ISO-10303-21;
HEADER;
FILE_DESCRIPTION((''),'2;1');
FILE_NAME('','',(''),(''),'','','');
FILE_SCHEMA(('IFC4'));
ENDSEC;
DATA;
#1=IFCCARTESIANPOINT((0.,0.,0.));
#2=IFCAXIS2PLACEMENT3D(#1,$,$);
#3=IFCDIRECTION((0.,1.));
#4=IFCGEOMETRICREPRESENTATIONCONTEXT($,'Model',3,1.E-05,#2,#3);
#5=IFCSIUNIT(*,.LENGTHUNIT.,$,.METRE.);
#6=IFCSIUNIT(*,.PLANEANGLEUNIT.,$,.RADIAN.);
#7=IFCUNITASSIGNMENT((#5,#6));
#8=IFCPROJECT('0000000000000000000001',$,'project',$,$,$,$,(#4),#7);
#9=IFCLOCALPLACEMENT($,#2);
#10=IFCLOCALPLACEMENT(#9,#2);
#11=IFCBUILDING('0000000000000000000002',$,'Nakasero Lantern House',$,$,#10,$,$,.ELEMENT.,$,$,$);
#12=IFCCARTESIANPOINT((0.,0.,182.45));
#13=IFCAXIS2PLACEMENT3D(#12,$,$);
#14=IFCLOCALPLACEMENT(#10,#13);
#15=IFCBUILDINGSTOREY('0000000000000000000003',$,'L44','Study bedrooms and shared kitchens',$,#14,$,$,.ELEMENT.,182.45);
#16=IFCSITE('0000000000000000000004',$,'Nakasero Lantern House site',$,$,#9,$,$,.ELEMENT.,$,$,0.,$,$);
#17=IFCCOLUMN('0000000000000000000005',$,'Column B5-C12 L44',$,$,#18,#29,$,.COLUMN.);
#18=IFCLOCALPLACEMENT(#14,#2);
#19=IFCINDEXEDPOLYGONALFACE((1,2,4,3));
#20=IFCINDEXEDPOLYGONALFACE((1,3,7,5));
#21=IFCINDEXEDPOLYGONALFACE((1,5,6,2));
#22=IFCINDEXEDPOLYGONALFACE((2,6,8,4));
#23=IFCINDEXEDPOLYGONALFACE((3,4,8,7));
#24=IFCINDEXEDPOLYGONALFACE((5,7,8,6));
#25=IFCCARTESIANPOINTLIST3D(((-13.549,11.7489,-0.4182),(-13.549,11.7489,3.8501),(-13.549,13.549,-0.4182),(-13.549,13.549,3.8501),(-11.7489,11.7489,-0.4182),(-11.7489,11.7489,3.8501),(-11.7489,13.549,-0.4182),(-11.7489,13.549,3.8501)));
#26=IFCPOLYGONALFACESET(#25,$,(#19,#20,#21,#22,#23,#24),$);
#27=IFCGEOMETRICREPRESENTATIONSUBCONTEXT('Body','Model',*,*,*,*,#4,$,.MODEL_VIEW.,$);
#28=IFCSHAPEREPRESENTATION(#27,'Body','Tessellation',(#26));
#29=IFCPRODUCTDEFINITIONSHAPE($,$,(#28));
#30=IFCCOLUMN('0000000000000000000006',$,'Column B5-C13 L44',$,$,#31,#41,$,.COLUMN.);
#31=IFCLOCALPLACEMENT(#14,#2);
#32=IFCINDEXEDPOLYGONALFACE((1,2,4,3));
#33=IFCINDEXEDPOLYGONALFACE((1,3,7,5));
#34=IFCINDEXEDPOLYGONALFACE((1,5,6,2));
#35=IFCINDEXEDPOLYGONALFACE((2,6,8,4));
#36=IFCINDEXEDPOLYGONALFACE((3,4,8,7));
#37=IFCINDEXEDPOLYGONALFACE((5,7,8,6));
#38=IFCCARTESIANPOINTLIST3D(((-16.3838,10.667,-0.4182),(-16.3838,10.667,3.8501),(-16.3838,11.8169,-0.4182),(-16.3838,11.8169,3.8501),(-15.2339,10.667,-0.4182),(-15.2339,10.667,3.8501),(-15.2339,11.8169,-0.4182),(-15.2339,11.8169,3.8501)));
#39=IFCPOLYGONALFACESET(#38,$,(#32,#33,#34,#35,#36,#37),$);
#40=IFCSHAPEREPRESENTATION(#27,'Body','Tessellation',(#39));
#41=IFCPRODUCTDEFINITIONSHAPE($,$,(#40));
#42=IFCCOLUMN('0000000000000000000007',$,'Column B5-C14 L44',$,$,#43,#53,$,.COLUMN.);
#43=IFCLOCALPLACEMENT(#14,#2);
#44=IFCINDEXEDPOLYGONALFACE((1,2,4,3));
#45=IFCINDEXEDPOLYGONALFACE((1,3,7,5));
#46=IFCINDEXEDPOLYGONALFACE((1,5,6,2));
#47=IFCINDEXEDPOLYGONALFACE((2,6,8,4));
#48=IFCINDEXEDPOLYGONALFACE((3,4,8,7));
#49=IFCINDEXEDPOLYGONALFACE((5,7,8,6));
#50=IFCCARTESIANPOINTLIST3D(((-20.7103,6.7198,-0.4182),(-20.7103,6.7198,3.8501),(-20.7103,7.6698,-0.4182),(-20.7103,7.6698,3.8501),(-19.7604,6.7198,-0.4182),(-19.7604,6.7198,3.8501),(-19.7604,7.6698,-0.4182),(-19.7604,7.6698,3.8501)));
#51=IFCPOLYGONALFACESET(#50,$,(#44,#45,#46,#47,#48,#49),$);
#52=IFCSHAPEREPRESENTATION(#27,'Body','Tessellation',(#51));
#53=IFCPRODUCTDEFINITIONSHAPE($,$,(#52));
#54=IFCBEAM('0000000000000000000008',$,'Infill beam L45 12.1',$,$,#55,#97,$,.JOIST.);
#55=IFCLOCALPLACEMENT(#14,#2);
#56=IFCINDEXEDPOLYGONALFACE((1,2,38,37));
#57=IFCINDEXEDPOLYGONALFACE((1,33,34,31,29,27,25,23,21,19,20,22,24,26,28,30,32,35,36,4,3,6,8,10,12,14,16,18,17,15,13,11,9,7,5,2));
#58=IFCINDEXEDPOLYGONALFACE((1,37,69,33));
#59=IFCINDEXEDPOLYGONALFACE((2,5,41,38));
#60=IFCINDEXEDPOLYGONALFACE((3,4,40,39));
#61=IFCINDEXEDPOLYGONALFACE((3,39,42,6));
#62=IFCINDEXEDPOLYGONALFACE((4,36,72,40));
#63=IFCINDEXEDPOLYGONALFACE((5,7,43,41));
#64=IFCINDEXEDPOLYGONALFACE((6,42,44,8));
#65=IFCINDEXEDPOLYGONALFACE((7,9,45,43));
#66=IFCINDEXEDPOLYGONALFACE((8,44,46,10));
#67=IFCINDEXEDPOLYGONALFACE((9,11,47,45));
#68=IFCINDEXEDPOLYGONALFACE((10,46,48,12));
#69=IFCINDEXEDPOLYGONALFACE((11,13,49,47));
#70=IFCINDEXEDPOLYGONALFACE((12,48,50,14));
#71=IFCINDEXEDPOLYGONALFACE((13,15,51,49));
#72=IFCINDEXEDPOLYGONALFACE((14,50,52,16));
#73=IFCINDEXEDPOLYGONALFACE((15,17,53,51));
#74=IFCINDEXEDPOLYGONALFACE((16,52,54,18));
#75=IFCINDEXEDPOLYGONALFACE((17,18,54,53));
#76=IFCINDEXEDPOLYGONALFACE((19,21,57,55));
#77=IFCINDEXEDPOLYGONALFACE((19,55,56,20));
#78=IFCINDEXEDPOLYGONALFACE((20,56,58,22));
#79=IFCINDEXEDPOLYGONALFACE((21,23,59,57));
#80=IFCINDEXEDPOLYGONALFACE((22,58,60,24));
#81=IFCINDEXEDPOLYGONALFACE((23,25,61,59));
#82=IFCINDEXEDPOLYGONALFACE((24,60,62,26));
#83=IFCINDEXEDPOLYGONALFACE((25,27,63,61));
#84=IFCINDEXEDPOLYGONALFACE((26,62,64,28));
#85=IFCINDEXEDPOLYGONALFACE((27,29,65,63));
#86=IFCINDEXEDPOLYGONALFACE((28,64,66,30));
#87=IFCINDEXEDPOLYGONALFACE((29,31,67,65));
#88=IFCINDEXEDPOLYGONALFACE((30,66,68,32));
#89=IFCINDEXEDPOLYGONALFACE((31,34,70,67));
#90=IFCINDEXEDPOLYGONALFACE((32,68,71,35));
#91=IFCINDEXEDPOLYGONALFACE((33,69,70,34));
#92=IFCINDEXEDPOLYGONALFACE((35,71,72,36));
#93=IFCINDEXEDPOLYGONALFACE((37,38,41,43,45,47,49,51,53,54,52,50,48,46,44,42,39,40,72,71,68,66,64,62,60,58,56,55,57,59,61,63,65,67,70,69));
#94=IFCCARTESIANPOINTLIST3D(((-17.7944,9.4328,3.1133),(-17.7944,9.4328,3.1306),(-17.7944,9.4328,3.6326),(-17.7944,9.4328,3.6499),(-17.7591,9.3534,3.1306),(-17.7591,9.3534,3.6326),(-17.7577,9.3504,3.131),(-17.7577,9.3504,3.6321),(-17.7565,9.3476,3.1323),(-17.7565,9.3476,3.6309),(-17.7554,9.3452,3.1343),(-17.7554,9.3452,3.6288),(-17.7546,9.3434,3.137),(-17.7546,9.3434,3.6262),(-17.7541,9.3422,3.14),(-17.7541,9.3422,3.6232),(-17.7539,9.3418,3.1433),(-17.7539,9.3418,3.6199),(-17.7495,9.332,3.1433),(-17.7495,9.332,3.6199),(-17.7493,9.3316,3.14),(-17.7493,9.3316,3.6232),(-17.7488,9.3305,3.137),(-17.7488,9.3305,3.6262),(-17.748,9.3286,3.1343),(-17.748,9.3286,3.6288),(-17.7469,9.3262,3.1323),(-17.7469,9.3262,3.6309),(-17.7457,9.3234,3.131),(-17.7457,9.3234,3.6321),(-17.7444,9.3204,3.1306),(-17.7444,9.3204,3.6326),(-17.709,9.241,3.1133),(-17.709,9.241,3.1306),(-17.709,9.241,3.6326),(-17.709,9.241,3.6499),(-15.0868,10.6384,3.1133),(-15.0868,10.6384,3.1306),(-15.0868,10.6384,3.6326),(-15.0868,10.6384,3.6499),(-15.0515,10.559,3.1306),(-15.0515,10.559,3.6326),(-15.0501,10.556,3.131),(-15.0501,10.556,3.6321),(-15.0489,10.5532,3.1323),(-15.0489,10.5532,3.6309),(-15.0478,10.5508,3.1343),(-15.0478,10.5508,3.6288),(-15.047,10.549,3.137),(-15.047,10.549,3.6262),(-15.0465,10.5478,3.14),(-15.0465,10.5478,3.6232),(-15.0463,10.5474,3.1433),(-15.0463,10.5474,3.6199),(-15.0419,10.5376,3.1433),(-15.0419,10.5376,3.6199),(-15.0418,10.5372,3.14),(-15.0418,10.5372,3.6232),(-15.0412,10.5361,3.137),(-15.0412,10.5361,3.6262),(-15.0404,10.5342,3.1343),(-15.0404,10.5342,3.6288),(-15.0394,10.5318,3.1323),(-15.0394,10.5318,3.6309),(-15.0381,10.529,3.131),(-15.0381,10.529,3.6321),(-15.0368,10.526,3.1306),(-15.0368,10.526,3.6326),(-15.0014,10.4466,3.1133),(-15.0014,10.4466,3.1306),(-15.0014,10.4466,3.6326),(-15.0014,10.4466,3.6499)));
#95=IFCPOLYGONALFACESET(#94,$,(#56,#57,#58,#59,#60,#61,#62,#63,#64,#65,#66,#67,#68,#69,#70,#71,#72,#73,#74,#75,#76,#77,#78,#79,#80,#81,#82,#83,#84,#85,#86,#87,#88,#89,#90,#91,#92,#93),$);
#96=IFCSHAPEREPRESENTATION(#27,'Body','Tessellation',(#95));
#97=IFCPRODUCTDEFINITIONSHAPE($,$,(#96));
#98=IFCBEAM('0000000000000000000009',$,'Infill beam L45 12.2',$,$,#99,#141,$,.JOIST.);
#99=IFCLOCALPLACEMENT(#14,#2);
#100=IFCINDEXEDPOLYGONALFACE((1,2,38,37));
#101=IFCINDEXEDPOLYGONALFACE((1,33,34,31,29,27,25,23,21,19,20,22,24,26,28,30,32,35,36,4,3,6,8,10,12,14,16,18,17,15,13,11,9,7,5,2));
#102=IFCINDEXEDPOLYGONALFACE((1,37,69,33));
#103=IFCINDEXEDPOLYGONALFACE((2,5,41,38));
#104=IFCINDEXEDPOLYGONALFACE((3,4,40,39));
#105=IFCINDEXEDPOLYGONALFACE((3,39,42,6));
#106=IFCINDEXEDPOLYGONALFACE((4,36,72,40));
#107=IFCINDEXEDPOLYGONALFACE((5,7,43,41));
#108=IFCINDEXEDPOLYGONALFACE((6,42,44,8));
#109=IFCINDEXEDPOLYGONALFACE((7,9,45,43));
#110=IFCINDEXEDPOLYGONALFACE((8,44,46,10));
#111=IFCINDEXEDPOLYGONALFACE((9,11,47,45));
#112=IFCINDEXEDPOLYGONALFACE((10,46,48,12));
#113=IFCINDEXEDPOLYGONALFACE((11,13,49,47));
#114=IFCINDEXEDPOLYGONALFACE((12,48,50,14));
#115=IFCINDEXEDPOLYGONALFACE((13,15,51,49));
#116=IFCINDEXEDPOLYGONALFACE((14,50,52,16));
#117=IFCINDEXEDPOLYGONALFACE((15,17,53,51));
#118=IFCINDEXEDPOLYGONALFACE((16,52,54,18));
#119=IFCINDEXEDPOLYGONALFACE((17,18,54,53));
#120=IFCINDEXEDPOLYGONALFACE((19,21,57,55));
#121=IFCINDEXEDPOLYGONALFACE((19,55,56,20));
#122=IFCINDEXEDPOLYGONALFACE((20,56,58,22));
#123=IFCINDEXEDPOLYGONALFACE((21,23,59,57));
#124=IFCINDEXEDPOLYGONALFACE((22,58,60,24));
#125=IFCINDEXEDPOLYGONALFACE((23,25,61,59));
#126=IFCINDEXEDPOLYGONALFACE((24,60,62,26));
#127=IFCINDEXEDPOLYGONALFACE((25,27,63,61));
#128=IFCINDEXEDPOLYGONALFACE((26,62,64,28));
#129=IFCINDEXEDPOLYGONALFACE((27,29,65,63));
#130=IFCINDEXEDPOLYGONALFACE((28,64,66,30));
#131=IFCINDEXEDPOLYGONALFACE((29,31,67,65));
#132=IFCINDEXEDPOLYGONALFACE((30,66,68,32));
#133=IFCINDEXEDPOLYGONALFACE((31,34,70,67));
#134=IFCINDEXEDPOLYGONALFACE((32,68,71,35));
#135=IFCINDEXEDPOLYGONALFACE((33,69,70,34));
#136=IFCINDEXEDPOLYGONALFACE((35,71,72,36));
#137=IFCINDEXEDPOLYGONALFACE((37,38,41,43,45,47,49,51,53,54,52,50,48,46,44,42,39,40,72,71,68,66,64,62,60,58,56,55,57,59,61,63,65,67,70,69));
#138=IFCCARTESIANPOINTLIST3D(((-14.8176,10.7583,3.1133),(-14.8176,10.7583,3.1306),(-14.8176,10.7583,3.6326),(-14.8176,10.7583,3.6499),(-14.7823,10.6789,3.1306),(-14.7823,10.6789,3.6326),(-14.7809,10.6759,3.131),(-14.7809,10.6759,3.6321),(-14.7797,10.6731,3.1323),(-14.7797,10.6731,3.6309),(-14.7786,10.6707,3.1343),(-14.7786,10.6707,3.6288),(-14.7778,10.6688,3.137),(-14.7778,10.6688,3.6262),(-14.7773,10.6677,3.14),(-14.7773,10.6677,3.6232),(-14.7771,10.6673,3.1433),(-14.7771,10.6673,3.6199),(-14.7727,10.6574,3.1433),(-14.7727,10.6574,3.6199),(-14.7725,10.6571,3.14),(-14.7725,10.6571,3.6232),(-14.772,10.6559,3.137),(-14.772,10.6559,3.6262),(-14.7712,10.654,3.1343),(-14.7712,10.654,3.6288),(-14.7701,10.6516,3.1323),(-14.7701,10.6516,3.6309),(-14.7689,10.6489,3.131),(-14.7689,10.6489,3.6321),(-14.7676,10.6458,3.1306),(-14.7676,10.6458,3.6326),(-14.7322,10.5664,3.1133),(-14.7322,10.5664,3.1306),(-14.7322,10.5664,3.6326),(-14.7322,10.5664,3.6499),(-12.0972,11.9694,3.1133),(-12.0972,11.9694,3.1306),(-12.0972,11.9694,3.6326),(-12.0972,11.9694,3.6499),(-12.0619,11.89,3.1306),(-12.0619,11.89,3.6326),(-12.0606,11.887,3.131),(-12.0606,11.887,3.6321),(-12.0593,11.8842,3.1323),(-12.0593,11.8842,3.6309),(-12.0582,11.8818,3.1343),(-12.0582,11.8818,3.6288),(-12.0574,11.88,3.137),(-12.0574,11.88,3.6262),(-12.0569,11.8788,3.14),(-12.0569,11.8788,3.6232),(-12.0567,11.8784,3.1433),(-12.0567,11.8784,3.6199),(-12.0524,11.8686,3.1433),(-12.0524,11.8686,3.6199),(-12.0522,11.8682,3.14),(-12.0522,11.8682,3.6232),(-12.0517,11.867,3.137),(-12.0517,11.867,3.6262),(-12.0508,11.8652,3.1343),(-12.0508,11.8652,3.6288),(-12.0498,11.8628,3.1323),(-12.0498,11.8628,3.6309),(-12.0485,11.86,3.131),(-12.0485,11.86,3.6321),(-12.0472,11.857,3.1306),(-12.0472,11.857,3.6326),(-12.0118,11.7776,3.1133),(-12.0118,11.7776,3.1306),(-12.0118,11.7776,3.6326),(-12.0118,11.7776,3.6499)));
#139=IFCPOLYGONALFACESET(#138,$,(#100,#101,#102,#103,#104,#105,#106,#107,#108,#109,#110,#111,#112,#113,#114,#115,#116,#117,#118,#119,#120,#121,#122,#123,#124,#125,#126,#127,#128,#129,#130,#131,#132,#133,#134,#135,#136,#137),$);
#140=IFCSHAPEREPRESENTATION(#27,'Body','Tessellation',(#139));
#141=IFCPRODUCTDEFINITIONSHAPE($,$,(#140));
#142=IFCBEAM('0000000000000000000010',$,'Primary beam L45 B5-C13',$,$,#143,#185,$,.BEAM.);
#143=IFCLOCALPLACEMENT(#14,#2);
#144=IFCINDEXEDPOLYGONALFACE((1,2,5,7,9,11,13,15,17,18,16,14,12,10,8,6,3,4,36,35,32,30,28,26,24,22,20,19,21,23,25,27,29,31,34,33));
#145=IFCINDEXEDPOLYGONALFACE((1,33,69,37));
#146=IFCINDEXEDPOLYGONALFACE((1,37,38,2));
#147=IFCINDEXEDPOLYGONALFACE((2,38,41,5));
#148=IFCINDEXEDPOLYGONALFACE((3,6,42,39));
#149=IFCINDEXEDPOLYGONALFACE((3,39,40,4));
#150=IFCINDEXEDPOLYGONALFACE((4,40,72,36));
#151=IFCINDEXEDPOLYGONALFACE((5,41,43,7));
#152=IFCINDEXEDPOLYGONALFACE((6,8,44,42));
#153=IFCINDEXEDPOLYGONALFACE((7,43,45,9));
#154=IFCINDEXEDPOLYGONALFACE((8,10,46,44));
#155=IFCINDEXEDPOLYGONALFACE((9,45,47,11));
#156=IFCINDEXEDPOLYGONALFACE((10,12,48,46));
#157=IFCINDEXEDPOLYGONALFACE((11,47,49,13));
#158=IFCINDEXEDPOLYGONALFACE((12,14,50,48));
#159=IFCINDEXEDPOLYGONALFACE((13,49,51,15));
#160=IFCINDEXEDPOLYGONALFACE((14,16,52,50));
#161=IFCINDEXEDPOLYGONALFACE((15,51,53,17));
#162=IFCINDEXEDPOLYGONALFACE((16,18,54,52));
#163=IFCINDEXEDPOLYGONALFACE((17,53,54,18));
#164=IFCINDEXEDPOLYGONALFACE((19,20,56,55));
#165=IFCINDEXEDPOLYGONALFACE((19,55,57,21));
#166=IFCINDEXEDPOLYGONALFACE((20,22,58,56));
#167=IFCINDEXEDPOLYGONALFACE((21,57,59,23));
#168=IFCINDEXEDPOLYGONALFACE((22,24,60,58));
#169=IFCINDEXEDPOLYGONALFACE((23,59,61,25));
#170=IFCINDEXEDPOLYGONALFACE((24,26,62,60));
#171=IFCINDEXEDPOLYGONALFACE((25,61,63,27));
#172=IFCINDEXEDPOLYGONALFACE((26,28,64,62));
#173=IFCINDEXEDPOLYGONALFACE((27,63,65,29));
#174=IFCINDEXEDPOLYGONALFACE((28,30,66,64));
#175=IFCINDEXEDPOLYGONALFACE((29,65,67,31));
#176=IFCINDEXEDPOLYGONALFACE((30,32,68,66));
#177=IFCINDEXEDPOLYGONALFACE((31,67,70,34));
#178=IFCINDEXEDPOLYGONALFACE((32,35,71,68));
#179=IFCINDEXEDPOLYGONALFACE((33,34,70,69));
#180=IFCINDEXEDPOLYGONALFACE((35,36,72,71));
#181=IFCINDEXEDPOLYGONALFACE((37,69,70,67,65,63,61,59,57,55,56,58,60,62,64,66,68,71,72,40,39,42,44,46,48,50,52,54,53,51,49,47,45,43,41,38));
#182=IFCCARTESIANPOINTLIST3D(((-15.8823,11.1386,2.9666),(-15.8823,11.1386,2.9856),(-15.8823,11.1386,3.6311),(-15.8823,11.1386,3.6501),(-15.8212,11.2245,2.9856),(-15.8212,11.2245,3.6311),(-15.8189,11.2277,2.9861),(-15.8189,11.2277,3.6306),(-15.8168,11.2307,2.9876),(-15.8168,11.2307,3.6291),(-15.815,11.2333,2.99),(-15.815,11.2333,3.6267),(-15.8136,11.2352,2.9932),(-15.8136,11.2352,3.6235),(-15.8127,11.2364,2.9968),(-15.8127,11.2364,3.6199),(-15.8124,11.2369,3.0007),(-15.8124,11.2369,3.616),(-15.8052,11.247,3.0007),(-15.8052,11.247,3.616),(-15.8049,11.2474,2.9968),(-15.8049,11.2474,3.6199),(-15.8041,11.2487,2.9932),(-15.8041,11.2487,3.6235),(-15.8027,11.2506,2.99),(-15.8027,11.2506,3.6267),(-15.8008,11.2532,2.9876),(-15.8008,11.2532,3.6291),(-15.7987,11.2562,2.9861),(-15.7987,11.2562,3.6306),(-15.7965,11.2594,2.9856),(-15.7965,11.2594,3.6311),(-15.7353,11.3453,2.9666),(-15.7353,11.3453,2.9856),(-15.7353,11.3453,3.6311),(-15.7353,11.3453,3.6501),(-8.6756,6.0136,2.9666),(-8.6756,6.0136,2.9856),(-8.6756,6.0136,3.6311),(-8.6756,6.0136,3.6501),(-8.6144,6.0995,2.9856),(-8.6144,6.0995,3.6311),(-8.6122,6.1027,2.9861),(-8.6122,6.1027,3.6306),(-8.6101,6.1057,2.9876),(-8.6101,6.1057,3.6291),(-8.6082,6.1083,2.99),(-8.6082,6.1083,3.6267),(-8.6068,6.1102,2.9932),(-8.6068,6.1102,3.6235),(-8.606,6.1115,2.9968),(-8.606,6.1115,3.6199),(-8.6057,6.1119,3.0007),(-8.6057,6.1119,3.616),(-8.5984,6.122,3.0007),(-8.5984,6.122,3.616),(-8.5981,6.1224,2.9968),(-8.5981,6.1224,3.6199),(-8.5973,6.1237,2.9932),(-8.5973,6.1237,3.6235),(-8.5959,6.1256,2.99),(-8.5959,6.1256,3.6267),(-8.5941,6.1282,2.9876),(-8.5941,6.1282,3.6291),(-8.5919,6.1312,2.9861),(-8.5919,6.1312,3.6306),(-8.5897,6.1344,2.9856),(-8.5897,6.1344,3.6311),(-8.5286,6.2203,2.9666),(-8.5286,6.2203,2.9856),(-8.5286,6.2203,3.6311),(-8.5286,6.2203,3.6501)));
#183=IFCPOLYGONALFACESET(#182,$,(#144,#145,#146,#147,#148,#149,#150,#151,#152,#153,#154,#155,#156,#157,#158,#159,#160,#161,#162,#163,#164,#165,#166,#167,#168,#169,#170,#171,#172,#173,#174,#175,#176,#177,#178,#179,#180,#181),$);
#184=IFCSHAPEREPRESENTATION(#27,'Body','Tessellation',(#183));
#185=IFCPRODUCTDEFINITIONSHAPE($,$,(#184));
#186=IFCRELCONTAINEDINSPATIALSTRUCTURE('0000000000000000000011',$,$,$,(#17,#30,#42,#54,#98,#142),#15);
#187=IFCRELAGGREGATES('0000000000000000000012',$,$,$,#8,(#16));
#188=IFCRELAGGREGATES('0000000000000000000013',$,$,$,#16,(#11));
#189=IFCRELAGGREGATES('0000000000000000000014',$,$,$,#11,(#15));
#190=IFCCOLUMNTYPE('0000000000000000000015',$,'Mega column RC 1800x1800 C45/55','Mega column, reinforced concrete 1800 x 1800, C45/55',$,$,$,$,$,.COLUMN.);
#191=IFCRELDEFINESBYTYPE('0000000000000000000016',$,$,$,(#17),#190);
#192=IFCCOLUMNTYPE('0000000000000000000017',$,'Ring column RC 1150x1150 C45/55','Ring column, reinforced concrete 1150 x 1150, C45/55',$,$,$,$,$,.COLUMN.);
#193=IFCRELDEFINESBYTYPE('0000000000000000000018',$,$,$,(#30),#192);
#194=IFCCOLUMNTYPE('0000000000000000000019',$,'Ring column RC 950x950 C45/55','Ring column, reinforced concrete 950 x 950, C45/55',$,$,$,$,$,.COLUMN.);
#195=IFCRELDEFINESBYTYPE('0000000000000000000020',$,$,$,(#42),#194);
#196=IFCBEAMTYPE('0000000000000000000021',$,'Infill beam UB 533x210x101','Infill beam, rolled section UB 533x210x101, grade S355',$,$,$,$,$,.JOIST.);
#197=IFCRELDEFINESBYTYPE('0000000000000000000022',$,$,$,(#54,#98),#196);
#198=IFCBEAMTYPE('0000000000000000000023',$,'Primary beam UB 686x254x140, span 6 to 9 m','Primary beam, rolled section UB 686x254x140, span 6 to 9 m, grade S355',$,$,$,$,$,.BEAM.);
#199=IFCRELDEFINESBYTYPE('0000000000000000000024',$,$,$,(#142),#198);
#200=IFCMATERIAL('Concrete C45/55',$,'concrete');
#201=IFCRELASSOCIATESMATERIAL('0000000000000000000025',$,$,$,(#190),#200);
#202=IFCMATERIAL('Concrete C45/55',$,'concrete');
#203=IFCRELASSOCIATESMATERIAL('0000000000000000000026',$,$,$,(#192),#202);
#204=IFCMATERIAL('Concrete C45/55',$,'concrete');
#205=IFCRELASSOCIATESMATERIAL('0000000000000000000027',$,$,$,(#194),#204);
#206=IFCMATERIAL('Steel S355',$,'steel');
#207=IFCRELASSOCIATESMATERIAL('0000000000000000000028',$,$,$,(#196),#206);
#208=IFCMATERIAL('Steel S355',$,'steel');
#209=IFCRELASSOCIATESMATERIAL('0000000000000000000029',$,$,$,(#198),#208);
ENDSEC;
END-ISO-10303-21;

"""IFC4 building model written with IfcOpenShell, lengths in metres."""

from ifc_helpers import new_model, si_unit, direction, frame, origin, origin_2d, place, context, subcontext, project, spatial, rectangle, i_section, extrude, material, material_profile, profile_set, type_object, element, save


model = new_model("IFC4")

# Units and contexts
model_context = context("Model", 3, precision=1e-05, world=origin(), true_north=direction((0.0, 1.0)))
body_context = subcontext(model_context, "Body", "Model", "MODEL_VIEW")
ifc_project = project(units=[si_unit("LENGTHUNIT", "METRE"), si_unit("PLANEANGLEUNIT", "RADIAN")], contexts=[model_context])

# Site, building, storey
site_placement = place(None, origin())
site = spatial("IfcSite", under=ifc_project, at=site_placement, Name="Nakasero Lantern House site", CompositionType="ELEMENT", RefElevation=0.0)
building_placement = place(site_placement, origin())
building = spatial("IfcBuilding", under=site, at=building_placement, Name="Nakasero Lantern House", CompositionType="ELEMENT")
storey_placement = place(building_placement, frame((0.0, 0.0, 182.45)))
storey = spatial("IfcBuildingStorey", under=building, at=storey_placement, Name="L44", Description="Study bedrooms and shared kitchens", CompositionType="ELEMENT", Elevation=182.45)

# Columns
ifc_material_1 = material(Name="Concrete C45/55", Category="concrete")
ifc_material_profile_1 = material_profile(ifc_material_1, rectangle(XDim=1.8, YDim=1.8, at=origin_2d()), Name="RC 1800x1800")
ifc_profile_set_1 = profile_set([ifc_material_profile_1], Name="Concrete C45/55")
column_type_1 = type_object("IfcColumnType", Name="Mega column RC 1800x1800 C45/55", Description="Mega column, reinforced concrete 1800 x 1800, C45/55", PredefinedType="COLUMN", material=ifc_profile_set_1)
column_1_placement = place(storey_placement, frame((-12.6489, 12.6489, -0.4182), z_axis=(0.0, 0.0, 1.0), x_axis=(1.0, 0.0, 0.0)))
element("IfcColumn", 1, at=column_1_placement, inside=storey, type_object=column_type_1, Name="Column B5-C12 L44", PredefinedType="COLUMN", context=body_context, shape_type="SweptSolid", body=[
    extrude(rectangle(XDim=1.8, YDim=1.8, at=origin_2d()), origin(), (0.0, 0.0, 1.0), 4.2683),
])
ifc_material_2 = material(Name="Concrete C45/55", Category="concrete")
ifc_material_profile_2 = material_profile(ifc_material_2, rectangle(XDim=1.1499, YDim=1.1499, at=origin_2d()), Name="RC 1150x1150")
ifc_profile_set_2 = profile_set([ifc_material_profile_2], Name="Concrete C45/55")
column_type_2 = type_object("IfcColumnType", Name="Ring column RC 1150x1150 C45/55", Description="Ring column, reinforced concrete 1150 x 1150, C45/55", PredefinedType="COLUMN", material=ifc_profile_set_2)
column_2_placement = place(storey_placement, frame((-15.8088, 11.2419, -0.4182), z_axis=(0.0, 0.0, 1.0), x_axis=(1.0, 0.0, 0.0)))
element("IfcColumn", 2, at=column_2_placement, inside=storey, type_object=column_type_2, Name="Column B5-C13 L44", PredefinedType="COLUMN", context=body_context, shape_type="SweptSolid", body=[
    extrude(rectangle(XDim=1.1499, YDim=1.1499, at=origin_2d()), origin(), (0.0, 0.0, 1.0), 4.2683),
])
ifc_material_3 = material(Name="Concrete C45/55", Category="concrete")
ifc_material_profile_3 = material_profile(ifc_material_3, rectangle(XDim=0.95, YDim=0.95, at=origin_2d()), Name="RC 950x950")
ifc_profile_set_3 = profile_set([ifc_material_profile_3], Name="Concrete C45/55")
column_type_3 = type_object("IfcColumnType", Name="Ring column RC 950x950 C45/55", Description="Ring column, reinforced concrete 950 x 950, C45/55", PredefinedType="COLUMN", material=ifc_profile_set_3)
column_3_placement = place(storey_placement, frame((-20.2354, 7.1948, -0.4182), z_axis=(0.0, 0.0, 1.0), x_axis=(1.0, 0.0, 0.0)))
element("IfcColumn", 3, at=column_3_placement, inside=storey, type_object=column_type_3, Name="Column B5-C14 L44", PredefinedType="COLUMN", context=body_context, shape_type="SweptSolid", body=[
    extrude(rectangle(XDim=0.95, YDim=0.95, at=origin_2d()), origin(), (0.0, 0.0, 1.0), 4.2683),
])

# Beams
ifc_material_4 = material(Name="Steel S355", Category="steel")
ifc_material_profile_4 = material_profile(ifc_material_4, i_section(OverallWidth=0.21, OverallDepth=0.5366, WebThickness=0.0107, FlangeThickness=0.0173, FilletRadius=0.0127, at=origin_2d()), Name="UB 533x210x101")
ifc_profile_set_4 = profile_set([ifc_material_profile_4], Name="Steel S355")
beam_type_1 = type_object("IfcBeamType", Name="Infill beam UB 533x210x101", Description="Infill beam, rolled section UB 533x210x101, grade S355", PredefinedType="JOIST", material=ifc_profile_set_4)
beam_1_placement = place(storey_placement, frame((-17.7517, 9.3369, 3.3816), z_axis=(0.913533, 0.406765, 0.0), x_axis=(-0.406765, 0.913533, 0.0)))
element("IfcBeam", 4, at=beam_1_placement, inside=storey, type_object=beam_type_1, Name="Infill beam L45 12.1", PredefinedType="JOIST", context=body_context, shape_type="SweptSolid", body=[
    extrude(i_section(OverallWidth=0.21, OverallDepth=0.5366, WebThickness=0.0107, FlangeThickness=0.0173, FilletRadius=0.0127, at=origin_2d()), origin(), (0.0, 0.0, 1.0), 2.9639),
])
beam_2_placement = place(storey_placement, frame((-14.7749, 10.6624, 3.3816), z_axis=(0.913551, 0.406724, 0.0), x_axis=(-0.406724, 0.913551, 0.0)))
element("IfcBeam", 5, at=beam_2_placement, inside=storey, type_object=beam_type_1, Name="Infill beam L45 12.2", PredefinedType="JOIST", context=body_context, shape_type="SweptSolid", body=[
    extrude(i_section(OverallWidth=0.21, OverallDepth=0.5366, WebThickness=0.0107, FlangeThickness=0.0173, FilletRadius=0.0127, at=origin_2d()), origin(), (0.0, 0.0, 1.0), 2.9778),
])
ifc_material_5 = material(Name="Steel S355", Category="steel")
ifc_material_profile_5 = material_profile(ifc_material_5, i_section(OverallWidth=0.2537, OverallDepth=0.6836, WebThickness=0.0125, FlangeThickness=0.019, FilletRadius=0.0151, at=origin_2d()), Name="UB 686x254x140")
ifc_profile_set_5 = profile_set([ifc_material_profile_5], Name="Steel S355")
beam_type_2 = type_object("IfcBeamType", Name="Primary beam UB 686x254x140, span 6 to 9 m", Description="Primary beam, rolled section UB 686x254x140, span 6 to 9 m, grade S355", PredefinedType="BEAM", material=ifc_profile_set_5)
beam_3_placement = place(storey_placement, frame((-15.8088, 11.2419, 3.3083), z_axis=(0.814946, -0.579537, 0.0), x_axis=(0.579537, 0.814946, 0.0)))
element("IfcBeam", 6, at=beam_3_placement, inside=storey, type_object=beam_type_2, Name="Primary beam L45 B5-C13", PredefinedType="BEAM", context=body_context, shape_type="SweptSolid", body=[
    extrude(i_section(OverallWidth=0.2537, OverallDepth=0.6836, WebThickness=0.0125, FlangeThickness=0.019, FilletRadius=0.0151, at=origin_2d()), origin(), (0.0, 0.0, 1.0), 8.8433),
])

save(model, "model.ifc")
